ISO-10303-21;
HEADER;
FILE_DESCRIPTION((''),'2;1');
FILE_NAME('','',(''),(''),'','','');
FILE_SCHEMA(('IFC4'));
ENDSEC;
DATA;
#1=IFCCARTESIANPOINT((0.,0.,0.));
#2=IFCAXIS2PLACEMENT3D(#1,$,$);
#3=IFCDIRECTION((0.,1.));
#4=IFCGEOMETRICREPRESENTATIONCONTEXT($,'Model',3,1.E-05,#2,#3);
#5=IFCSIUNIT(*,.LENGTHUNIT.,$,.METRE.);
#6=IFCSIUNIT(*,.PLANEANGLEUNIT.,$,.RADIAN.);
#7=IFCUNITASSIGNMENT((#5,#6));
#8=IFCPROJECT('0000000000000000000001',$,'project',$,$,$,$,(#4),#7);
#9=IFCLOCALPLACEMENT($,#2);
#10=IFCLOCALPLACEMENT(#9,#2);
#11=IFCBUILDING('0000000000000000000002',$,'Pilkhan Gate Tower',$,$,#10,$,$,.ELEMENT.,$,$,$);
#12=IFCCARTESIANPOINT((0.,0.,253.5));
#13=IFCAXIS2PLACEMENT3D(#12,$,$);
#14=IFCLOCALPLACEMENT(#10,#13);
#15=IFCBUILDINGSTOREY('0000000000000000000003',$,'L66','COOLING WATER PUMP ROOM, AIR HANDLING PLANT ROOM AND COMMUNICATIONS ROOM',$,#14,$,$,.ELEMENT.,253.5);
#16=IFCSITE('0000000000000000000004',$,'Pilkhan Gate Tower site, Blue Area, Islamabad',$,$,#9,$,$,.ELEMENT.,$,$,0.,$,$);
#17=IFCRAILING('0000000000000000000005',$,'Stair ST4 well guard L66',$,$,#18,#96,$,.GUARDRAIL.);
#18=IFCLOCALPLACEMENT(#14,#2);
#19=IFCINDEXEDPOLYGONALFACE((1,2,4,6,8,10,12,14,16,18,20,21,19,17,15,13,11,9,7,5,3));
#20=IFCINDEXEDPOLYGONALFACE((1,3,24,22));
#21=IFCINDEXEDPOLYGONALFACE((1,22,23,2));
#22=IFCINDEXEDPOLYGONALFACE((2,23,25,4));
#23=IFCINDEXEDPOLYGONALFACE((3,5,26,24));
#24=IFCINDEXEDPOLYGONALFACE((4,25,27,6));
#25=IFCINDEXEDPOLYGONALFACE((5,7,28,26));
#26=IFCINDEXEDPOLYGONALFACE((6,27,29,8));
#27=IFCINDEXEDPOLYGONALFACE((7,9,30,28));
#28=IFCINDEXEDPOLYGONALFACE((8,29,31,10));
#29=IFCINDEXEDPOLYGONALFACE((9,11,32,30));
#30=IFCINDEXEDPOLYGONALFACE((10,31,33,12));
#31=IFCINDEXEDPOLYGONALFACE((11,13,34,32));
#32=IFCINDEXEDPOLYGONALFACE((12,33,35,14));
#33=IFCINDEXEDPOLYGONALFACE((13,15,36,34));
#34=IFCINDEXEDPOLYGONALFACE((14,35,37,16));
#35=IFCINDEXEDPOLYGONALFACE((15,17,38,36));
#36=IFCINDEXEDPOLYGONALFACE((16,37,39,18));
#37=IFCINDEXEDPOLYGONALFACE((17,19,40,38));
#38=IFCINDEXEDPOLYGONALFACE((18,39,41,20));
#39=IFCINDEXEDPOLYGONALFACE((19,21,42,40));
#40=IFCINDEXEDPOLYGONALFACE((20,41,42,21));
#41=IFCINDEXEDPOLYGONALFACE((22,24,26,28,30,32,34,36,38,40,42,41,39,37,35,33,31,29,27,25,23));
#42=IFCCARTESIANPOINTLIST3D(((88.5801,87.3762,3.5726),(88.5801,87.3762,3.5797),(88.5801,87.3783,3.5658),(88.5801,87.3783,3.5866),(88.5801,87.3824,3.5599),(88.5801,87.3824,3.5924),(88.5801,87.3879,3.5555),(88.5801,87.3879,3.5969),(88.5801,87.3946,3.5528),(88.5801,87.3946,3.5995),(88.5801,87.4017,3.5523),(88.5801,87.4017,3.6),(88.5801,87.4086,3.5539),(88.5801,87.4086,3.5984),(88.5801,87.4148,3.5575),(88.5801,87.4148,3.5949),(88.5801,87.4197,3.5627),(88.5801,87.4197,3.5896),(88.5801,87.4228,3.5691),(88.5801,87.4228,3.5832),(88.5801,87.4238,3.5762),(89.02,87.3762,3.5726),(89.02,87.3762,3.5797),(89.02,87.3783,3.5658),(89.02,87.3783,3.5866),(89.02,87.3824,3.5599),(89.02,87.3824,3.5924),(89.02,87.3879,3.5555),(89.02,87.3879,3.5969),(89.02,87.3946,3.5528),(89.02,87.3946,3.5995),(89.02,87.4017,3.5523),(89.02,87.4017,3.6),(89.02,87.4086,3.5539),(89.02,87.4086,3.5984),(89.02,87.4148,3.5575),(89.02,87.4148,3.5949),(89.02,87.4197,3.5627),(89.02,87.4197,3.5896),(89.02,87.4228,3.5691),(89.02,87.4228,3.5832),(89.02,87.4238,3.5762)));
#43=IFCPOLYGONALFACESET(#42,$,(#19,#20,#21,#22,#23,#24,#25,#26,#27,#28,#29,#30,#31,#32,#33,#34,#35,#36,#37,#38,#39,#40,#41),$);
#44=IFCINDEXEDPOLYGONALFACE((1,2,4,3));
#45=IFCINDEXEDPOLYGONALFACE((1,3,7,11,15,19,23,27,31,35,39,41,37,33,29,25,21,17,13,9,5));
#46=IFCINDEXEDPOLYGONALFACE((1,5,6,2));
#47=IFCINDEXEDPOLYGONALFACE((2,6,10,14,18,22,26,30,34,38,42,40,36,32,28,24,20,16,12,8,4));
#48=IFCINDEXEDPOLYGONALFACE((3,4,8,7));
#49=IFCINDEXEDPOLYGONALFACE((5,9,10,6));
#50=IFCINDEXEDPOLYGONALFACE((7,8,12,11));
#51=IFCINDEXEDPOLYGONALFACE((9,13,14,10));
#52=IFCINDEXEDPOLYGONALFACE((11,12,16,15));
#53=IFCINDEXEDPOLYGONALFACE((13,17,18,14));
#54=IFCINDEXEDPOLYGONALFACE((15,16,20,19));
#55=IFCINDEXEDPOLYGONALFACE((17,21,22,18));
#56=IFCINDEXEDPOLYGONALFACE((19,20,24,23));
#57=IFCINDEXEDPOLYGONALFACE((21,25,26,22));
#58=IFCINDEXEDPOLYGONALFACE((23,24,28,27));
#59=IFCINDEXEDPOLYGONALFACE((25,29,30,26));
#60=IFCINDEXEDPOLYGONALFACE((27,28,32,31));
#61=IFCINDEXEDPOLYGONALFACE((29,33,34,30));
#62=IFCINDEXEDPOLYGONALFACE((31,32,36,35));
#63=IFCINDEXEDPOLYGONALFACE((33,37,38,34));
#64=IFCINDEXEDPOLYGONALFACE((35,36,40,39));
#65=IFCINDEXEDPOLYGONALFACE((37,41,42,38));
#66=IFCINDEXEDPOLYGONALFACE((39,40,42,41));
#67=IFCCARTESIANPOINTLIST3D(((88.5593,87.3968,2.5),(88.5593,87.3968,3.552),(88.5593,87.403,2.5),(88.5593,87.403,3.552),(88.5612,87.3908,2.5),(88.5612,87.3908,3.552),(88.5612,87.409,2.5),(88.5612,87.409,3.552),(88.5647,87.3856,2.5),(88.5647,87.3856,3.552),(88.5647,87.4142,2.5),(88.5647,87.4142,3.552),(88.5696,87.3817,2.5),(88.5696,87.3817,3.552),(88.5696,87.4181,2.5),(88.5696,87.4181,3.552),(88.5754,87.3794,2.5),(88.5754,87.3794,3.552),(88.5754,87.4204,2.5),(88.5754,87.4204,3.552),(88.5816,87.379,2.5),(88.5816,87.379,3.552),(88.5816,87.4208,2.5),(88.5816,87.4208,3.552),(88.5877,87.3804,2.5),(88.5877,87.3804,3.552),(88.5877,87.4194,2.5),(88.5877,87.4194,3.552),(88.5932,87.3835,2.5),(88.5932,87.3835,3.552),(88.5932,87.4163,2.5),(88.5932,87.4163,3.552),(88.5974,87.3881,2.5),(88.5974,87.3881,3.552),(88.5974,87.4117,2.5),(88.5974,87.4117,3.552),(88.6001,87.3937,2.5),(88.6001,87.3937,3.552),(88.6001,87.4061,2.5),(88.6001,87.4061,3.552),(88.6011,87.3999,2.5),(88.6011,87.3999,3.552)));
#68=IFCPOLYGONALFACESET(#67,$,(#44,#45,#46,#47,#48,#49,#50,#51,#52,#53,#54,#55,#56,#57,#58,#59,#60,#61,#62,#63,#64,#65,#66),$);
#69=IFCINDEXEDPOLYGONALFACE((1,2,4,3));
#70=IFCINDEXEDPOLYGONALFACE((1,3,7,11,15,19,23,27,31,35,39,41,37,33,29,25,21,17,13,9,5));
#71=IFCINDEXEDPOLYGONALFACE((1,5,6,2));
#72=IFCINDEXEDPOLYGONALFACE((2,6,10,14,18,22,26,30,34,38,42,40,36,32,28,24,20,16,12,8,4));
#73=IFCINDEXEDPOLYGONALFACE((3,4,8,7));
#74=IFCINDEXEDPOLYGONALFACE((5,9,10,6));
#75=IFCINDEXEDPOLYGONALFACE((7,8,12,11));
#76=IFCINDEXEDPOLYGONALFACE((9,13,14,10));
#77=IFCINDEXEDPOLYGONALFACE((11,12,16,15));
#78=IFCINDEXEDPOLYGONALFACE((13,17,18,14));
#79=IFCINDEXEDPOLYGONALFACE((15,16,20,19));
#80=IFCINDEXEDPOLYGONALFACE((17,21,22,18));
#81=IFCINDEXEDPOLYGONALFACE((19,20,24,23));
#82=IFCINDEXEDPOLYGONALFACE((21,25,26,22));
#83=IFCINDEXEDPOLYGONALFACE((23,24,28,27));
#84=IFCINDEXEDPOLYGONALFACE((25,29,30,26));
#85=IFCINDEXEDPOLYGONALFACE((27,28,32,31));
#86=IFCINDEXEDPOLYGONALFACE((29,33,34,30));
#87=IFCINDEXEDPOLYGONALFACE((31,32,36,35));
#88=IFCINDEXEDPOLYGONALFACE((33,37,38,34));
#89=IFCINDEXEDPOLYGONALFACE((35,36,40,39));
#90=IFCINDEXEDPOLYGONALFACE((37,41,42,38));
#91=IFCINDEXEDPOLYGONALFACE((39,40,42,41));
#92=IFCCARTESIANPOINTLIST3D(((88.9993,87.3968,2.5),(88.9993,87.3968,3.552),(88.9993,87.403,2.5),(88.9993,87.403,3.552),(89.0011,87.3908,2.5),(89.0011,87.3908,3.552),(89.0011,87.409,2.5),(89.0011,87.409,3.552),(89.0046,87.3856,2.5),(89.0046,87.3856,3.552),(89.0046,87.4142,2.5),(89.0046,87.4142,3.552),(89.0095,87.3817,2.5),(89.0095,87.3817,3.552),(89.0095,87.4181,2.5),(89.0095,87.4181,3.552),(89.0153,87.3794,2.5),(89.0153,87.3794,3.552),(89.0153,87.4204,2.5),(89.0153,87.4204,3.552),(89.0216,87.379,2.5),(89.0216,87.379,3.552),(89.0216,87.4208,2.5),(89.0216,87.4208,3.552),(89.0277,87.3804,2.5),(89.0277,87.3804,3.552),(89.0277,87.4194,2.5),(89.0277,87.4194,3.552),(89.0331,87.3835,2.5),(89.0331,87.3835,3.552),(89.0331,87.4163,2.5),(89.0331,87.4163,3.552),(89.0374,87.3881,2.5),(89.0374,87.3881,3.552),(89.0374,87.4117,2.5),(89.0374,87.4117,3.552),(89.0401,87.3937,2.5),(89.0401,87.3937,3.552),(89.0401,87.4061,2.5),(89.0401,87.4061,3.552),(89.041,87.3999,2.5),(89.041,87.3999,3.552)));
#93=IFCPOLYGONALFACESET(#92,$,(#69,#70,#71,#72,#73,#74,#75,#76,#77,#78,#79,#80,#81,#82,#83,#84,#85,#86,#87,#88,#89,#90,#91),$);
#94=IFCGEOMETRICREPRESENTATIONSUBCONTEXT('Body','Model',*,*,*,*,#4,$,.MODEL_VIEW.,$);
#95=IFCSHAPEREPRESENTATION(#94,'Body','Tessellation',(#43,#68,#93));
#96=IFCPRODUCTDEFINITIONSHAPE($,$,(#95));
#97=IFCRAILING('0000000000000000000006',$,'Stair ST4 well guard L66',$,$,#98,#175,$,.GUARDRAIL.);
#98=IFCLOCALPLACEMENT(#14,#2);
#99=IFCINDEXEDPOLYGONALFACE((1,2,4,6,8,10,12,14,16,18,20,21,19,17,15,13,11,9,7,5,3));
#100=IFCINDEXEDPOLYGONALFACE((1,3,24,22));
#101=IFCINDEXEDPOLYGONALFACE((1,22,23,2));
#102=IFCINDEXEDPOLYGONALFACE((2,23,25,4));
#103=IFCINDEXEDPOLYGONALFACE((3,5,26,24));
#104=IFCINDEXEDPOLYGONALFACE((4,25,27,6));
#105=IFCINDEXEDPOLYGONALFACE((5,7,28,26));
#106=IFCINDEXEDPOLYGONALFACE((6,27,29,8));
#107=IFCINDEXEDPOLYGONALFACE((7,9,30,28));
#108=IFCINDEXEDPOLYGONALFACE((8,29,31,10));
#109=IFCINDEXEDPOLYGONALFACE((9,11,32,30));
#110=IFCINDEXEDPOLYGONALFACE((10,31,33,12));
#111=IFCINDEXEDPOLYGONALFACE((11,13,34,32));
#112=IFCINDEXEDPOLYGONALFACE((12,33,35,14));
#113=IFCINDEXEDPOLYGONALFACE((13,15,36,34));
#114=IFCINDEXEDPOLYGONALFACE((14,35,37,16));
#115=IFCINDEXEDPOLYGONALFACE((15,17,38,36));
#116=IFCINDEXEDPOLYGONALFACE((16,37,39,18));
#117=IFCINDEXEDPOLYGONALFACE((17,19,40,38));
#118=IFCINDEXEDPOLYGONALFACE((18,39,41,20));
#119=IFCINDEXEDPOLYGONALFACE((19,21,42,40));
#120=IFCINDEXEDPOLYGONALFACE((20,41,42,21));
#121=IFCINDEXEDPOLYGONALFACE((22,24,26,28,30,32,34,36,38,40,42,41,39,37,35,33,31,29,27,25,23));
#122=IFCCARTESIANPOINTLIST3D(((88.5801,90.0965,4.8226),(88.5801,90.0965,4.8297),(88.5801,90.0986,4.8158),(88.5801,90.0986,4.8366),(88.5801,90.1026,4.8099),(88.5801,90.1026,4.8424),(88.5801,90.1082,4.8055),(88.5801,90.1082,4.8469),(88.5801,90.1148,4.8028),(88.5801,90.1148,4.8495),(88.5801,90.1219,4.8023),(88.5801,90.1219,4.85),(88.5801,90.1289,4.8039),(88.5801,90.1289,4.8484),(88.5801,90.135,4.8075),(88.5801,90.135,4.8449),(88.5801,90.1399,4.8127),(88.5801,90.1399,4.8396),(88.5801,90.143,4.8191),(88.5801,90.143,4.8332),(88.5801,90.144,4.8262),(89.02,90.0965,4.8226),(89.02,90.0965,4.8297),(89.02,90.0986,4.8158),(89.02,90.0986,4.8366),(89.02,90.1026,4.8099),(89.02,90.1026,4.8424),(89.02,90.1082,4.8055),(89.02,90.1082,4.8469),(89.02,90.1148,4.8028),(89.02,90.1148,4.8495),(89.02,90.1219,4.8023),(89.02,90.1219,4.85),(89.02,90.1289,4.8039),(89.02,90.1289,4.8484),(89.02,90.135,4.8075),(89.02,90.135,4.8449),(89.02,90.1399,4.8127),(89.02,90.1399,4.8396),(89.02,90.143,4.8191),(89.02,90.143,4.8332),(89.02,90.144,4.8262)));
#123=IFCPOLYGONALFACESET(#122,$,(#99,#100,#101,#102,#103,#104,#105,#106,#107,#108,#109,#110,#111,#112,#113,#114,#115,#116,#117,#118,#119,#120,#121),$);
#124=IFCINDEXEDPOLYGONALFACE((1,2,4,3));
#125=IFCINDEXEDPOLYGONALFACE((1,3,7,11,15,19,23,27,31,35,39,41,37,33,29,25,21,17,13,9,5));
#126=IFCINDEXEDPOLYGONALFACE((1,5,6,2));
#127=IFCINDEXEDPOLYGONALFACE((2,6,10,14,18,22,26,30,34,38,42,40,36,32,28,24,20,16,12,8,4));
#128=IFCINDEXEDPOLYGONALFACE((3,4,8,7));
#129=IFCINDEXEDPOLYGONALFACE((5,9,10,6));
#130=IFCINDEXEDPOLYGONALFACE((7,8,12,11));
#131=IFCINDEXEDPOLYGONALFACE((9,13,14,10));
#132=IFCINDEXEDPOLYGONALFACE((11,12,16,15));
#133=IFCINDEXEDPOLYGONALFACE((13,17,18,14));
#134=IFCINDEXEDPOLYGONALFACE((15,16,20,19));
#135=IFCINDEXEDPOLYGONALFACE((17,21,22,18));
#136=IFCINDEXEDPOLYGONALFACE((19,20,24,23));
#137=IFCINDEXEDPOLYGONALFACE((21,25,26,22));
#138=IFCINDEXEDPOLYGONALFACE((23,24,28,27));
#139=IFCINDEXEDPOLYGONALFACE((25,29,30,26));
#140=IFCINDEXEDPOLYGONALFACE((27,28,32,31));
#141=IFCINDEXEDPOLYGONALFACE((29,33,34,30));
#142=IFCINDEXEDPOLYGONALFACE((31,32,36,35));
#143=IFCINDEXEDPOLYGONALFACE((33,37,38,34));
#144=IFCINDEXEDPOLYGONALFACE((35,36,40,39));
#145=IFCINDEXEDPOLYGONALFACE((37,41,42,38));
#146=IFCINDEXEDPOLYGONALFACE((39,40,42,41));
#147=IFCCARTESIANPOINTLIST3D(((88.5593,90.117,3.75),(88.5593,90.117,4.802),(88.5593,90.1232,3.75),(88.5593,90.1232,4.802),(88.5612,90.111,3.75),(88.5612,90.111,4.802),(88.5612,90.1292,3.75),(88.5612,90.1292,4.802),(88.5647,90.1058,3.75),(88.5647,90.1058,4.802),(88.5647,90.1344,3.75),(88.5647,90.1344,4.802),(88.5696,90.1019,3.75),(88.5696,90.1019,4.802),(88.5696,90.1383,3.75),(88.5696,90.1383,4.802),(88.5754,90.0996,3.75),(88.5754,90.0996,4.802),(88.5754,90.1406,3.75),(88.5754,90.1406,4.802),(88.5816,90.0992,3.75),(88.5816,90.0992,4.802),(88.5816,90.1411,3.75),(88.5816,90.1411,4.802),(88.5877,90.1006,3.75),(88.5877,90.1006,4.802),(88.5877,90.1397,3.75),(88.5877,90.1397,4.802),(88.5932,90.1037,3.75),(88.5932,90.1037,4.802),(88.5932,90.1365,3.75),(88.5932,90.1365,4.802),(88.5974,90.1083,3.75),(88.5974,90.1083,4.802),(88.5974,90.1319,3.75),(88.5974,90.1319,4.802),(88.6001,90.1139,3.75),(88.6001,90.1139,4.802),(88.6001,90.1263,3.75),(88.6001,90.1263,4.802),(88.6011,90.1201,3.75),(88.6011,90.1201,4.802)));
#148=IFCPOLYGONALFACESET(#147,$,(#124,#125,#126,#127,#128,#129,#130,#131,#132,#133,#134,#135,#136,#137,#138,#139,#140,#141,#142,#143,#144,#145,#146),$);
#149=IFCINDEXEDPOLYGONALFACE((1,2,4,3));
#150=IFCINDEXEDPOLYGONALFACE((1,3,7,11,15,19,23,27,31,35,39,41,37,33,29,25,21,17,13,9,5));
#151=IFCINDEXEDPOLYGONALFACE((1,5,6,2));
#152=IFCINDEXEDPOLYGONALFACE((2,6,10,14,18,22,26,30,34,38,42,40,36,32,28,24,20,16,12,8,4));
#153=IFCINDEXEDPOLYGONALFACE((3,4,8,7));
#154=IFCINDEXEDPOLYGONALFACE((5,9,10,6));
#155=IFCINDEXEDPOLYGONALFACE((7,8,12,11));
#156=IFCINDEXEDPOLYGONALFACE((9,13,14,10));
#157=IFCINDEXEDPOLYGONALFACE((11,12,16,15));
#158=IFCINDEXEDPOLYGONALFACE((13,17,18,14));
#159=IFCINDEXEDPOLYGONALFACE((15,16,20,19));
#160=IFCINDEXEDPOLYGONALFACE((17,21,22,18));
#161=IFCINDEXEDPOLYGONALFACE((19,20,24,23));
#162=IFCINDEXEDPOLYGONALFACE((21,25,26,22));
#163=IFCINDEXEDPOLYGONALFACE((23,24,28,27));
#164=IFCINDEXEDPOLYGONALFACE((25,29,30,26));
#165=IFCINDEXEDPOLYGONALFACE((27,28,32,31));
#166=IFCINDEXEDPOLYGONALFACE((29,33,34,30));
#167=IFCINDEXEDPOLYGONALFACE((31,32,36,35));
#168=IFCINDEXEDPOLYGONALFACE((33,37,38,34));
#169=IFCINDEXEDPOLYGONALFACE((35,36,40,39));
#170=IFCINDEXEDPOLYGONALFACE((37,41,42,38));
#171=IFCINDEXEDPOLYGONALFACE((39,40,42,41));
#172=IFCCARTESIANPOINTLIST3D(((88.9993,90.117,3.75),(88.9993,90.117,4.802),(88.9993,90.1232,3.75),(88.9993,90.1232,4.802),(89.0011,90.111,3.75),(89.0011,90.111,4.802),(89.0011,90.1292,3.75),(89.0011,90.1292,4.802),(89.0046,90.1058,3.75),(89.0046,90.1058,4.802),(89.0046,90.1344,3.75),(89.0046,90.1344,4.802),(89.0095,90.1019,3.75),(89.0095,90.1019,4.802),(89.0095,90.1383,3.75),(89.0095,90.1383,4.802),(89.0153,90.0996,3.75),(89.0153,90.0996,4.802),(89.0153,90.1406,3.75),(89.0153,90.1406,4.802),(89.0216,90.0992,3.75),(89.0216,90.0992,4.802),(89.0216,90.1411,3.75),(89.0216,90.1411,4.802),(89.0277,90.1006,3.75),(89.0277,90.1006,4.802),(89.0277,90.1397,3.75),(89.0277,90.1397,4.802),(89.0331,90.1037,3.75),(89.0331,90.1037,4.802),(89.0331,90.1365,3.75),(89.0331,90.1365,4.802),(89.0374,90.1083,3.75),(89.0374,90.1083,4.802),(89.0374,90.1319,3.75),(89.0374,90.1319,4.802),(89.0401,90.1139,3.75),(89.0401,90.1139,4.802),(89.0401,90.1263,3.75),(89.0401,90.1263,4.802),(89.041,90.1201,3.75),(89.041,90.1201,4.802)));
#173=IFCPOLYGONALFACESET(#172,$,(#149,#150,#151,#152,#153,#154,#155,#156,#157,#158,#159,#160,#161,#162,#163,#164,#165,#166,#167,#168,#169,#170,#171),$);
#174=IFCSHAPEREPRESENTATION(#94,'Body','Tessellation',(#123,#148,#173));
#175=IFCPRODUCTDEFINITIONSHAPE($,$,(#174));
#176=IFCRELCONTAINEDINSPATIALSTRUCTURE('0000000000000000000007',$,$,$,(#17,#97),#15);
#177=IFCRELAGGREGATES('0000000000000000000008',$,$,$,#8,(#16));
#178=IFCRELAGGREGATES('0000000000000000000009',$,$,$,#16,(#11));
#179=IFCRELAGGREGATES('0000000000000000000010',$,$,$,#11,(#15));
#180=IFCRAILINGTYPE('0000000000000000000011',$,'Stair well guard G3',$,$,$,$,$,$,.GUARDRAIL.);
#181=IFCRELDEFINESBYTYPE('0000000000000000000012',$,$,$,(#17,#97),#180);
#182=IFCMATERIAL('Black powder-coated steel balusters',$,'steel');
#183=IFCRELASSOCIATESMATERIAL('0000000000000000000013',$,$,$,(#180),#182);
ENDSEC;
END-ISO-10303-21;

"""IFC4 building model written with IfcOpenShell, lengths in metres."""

from ifc_helpers import new_model, si_unit, direction, frame, origin, origin_2d, place, context, subcontext, project, spatial, circle, extrude, material, type_object, element, save


model = new_model("IFC4")

# Units and contexts
model_context = context("Model", 3, precision=1e-05, world=origin(), true_north=direction((0.0, 1.0)))
body_context = subcontext(model_context, "Body", "Model", "MODEL_VIEW")
ifc_project = project(units=[si_unit("LENGTHUNIT", "METRE"), si_unit("PLANEANGLEUNIT", "RADIAN")], contexts=[model_context])

# Site, building, storey
site_placement = place(None, origin())
site = spatial("IfcSite", under=ifc_project, at=site_placement, Name="Pilkhan Gate Tower site, Blue Area, Islamabad", CompositionType="ELEMENT", RefElevation=0.0)
building_placement = place(site_placement, origin())
building = spatial("IfcBuilding", under=site, at=building_placement, Name="Pilkhan Gate Tower", CompositionType="ELEMENT")
storey_placement = place(building_placement, frame((0.0, 0.0, 253.5)))
storey = spatial("IfcBuildingStorey", under=building, at=storey_placement, Name="L66", Description="COOLING WATER PUMP ROOM, AIR HANDLING PLANT ROOM AND COMMUNICATIONS ROOM", CompositionType="ELEMENT", Elevation=253.5)

# Railings
ifc_material_1 = material(Name="Black powder-coated steel balusters", Category="steel")
railing_type = type_object("IfcRailingType", Name="Stair well guard G3", PredefinedType="GUARDRAIL", material=ifc_material_1)
for number, where, name in (
    (1, (88.5801, 87.3999, 2.5), "Stair ST4 well guard L66"),
    (2, (88.5801, 90.1201, 3.75), "Stair ST4 well guard L66"),
):
    element("IfcRailing", number, at=place(storey_placement, frame(where)), inside=storey, type_object=railing_type, Name=name, PredefinedType="GUARDRAIL", context=body_context, shape_type="SweptSolid", body=[
        extrude(circle(Radius=0.0239, at=origin_2d()), frame((0.0, 0.0, 1.0762), z_axis=(1.0, 0.0, 0.0), x_axis=(0.0, 1.0, 0.0)), (0.0, 0.0, 1.0), 0.4399),
        extrude(circle(Radius=0.021, at=origin_2d()), origin(), (0.0, 0.0, 1.0), 1.052),
        extrude(circle(Radius=0.021, at=origin_2d()), frame((0.4399, 0.0, 0.0)), (0.0, 0.0, 1.0), 1.052),
    ])

save(model, "model.ifc")
